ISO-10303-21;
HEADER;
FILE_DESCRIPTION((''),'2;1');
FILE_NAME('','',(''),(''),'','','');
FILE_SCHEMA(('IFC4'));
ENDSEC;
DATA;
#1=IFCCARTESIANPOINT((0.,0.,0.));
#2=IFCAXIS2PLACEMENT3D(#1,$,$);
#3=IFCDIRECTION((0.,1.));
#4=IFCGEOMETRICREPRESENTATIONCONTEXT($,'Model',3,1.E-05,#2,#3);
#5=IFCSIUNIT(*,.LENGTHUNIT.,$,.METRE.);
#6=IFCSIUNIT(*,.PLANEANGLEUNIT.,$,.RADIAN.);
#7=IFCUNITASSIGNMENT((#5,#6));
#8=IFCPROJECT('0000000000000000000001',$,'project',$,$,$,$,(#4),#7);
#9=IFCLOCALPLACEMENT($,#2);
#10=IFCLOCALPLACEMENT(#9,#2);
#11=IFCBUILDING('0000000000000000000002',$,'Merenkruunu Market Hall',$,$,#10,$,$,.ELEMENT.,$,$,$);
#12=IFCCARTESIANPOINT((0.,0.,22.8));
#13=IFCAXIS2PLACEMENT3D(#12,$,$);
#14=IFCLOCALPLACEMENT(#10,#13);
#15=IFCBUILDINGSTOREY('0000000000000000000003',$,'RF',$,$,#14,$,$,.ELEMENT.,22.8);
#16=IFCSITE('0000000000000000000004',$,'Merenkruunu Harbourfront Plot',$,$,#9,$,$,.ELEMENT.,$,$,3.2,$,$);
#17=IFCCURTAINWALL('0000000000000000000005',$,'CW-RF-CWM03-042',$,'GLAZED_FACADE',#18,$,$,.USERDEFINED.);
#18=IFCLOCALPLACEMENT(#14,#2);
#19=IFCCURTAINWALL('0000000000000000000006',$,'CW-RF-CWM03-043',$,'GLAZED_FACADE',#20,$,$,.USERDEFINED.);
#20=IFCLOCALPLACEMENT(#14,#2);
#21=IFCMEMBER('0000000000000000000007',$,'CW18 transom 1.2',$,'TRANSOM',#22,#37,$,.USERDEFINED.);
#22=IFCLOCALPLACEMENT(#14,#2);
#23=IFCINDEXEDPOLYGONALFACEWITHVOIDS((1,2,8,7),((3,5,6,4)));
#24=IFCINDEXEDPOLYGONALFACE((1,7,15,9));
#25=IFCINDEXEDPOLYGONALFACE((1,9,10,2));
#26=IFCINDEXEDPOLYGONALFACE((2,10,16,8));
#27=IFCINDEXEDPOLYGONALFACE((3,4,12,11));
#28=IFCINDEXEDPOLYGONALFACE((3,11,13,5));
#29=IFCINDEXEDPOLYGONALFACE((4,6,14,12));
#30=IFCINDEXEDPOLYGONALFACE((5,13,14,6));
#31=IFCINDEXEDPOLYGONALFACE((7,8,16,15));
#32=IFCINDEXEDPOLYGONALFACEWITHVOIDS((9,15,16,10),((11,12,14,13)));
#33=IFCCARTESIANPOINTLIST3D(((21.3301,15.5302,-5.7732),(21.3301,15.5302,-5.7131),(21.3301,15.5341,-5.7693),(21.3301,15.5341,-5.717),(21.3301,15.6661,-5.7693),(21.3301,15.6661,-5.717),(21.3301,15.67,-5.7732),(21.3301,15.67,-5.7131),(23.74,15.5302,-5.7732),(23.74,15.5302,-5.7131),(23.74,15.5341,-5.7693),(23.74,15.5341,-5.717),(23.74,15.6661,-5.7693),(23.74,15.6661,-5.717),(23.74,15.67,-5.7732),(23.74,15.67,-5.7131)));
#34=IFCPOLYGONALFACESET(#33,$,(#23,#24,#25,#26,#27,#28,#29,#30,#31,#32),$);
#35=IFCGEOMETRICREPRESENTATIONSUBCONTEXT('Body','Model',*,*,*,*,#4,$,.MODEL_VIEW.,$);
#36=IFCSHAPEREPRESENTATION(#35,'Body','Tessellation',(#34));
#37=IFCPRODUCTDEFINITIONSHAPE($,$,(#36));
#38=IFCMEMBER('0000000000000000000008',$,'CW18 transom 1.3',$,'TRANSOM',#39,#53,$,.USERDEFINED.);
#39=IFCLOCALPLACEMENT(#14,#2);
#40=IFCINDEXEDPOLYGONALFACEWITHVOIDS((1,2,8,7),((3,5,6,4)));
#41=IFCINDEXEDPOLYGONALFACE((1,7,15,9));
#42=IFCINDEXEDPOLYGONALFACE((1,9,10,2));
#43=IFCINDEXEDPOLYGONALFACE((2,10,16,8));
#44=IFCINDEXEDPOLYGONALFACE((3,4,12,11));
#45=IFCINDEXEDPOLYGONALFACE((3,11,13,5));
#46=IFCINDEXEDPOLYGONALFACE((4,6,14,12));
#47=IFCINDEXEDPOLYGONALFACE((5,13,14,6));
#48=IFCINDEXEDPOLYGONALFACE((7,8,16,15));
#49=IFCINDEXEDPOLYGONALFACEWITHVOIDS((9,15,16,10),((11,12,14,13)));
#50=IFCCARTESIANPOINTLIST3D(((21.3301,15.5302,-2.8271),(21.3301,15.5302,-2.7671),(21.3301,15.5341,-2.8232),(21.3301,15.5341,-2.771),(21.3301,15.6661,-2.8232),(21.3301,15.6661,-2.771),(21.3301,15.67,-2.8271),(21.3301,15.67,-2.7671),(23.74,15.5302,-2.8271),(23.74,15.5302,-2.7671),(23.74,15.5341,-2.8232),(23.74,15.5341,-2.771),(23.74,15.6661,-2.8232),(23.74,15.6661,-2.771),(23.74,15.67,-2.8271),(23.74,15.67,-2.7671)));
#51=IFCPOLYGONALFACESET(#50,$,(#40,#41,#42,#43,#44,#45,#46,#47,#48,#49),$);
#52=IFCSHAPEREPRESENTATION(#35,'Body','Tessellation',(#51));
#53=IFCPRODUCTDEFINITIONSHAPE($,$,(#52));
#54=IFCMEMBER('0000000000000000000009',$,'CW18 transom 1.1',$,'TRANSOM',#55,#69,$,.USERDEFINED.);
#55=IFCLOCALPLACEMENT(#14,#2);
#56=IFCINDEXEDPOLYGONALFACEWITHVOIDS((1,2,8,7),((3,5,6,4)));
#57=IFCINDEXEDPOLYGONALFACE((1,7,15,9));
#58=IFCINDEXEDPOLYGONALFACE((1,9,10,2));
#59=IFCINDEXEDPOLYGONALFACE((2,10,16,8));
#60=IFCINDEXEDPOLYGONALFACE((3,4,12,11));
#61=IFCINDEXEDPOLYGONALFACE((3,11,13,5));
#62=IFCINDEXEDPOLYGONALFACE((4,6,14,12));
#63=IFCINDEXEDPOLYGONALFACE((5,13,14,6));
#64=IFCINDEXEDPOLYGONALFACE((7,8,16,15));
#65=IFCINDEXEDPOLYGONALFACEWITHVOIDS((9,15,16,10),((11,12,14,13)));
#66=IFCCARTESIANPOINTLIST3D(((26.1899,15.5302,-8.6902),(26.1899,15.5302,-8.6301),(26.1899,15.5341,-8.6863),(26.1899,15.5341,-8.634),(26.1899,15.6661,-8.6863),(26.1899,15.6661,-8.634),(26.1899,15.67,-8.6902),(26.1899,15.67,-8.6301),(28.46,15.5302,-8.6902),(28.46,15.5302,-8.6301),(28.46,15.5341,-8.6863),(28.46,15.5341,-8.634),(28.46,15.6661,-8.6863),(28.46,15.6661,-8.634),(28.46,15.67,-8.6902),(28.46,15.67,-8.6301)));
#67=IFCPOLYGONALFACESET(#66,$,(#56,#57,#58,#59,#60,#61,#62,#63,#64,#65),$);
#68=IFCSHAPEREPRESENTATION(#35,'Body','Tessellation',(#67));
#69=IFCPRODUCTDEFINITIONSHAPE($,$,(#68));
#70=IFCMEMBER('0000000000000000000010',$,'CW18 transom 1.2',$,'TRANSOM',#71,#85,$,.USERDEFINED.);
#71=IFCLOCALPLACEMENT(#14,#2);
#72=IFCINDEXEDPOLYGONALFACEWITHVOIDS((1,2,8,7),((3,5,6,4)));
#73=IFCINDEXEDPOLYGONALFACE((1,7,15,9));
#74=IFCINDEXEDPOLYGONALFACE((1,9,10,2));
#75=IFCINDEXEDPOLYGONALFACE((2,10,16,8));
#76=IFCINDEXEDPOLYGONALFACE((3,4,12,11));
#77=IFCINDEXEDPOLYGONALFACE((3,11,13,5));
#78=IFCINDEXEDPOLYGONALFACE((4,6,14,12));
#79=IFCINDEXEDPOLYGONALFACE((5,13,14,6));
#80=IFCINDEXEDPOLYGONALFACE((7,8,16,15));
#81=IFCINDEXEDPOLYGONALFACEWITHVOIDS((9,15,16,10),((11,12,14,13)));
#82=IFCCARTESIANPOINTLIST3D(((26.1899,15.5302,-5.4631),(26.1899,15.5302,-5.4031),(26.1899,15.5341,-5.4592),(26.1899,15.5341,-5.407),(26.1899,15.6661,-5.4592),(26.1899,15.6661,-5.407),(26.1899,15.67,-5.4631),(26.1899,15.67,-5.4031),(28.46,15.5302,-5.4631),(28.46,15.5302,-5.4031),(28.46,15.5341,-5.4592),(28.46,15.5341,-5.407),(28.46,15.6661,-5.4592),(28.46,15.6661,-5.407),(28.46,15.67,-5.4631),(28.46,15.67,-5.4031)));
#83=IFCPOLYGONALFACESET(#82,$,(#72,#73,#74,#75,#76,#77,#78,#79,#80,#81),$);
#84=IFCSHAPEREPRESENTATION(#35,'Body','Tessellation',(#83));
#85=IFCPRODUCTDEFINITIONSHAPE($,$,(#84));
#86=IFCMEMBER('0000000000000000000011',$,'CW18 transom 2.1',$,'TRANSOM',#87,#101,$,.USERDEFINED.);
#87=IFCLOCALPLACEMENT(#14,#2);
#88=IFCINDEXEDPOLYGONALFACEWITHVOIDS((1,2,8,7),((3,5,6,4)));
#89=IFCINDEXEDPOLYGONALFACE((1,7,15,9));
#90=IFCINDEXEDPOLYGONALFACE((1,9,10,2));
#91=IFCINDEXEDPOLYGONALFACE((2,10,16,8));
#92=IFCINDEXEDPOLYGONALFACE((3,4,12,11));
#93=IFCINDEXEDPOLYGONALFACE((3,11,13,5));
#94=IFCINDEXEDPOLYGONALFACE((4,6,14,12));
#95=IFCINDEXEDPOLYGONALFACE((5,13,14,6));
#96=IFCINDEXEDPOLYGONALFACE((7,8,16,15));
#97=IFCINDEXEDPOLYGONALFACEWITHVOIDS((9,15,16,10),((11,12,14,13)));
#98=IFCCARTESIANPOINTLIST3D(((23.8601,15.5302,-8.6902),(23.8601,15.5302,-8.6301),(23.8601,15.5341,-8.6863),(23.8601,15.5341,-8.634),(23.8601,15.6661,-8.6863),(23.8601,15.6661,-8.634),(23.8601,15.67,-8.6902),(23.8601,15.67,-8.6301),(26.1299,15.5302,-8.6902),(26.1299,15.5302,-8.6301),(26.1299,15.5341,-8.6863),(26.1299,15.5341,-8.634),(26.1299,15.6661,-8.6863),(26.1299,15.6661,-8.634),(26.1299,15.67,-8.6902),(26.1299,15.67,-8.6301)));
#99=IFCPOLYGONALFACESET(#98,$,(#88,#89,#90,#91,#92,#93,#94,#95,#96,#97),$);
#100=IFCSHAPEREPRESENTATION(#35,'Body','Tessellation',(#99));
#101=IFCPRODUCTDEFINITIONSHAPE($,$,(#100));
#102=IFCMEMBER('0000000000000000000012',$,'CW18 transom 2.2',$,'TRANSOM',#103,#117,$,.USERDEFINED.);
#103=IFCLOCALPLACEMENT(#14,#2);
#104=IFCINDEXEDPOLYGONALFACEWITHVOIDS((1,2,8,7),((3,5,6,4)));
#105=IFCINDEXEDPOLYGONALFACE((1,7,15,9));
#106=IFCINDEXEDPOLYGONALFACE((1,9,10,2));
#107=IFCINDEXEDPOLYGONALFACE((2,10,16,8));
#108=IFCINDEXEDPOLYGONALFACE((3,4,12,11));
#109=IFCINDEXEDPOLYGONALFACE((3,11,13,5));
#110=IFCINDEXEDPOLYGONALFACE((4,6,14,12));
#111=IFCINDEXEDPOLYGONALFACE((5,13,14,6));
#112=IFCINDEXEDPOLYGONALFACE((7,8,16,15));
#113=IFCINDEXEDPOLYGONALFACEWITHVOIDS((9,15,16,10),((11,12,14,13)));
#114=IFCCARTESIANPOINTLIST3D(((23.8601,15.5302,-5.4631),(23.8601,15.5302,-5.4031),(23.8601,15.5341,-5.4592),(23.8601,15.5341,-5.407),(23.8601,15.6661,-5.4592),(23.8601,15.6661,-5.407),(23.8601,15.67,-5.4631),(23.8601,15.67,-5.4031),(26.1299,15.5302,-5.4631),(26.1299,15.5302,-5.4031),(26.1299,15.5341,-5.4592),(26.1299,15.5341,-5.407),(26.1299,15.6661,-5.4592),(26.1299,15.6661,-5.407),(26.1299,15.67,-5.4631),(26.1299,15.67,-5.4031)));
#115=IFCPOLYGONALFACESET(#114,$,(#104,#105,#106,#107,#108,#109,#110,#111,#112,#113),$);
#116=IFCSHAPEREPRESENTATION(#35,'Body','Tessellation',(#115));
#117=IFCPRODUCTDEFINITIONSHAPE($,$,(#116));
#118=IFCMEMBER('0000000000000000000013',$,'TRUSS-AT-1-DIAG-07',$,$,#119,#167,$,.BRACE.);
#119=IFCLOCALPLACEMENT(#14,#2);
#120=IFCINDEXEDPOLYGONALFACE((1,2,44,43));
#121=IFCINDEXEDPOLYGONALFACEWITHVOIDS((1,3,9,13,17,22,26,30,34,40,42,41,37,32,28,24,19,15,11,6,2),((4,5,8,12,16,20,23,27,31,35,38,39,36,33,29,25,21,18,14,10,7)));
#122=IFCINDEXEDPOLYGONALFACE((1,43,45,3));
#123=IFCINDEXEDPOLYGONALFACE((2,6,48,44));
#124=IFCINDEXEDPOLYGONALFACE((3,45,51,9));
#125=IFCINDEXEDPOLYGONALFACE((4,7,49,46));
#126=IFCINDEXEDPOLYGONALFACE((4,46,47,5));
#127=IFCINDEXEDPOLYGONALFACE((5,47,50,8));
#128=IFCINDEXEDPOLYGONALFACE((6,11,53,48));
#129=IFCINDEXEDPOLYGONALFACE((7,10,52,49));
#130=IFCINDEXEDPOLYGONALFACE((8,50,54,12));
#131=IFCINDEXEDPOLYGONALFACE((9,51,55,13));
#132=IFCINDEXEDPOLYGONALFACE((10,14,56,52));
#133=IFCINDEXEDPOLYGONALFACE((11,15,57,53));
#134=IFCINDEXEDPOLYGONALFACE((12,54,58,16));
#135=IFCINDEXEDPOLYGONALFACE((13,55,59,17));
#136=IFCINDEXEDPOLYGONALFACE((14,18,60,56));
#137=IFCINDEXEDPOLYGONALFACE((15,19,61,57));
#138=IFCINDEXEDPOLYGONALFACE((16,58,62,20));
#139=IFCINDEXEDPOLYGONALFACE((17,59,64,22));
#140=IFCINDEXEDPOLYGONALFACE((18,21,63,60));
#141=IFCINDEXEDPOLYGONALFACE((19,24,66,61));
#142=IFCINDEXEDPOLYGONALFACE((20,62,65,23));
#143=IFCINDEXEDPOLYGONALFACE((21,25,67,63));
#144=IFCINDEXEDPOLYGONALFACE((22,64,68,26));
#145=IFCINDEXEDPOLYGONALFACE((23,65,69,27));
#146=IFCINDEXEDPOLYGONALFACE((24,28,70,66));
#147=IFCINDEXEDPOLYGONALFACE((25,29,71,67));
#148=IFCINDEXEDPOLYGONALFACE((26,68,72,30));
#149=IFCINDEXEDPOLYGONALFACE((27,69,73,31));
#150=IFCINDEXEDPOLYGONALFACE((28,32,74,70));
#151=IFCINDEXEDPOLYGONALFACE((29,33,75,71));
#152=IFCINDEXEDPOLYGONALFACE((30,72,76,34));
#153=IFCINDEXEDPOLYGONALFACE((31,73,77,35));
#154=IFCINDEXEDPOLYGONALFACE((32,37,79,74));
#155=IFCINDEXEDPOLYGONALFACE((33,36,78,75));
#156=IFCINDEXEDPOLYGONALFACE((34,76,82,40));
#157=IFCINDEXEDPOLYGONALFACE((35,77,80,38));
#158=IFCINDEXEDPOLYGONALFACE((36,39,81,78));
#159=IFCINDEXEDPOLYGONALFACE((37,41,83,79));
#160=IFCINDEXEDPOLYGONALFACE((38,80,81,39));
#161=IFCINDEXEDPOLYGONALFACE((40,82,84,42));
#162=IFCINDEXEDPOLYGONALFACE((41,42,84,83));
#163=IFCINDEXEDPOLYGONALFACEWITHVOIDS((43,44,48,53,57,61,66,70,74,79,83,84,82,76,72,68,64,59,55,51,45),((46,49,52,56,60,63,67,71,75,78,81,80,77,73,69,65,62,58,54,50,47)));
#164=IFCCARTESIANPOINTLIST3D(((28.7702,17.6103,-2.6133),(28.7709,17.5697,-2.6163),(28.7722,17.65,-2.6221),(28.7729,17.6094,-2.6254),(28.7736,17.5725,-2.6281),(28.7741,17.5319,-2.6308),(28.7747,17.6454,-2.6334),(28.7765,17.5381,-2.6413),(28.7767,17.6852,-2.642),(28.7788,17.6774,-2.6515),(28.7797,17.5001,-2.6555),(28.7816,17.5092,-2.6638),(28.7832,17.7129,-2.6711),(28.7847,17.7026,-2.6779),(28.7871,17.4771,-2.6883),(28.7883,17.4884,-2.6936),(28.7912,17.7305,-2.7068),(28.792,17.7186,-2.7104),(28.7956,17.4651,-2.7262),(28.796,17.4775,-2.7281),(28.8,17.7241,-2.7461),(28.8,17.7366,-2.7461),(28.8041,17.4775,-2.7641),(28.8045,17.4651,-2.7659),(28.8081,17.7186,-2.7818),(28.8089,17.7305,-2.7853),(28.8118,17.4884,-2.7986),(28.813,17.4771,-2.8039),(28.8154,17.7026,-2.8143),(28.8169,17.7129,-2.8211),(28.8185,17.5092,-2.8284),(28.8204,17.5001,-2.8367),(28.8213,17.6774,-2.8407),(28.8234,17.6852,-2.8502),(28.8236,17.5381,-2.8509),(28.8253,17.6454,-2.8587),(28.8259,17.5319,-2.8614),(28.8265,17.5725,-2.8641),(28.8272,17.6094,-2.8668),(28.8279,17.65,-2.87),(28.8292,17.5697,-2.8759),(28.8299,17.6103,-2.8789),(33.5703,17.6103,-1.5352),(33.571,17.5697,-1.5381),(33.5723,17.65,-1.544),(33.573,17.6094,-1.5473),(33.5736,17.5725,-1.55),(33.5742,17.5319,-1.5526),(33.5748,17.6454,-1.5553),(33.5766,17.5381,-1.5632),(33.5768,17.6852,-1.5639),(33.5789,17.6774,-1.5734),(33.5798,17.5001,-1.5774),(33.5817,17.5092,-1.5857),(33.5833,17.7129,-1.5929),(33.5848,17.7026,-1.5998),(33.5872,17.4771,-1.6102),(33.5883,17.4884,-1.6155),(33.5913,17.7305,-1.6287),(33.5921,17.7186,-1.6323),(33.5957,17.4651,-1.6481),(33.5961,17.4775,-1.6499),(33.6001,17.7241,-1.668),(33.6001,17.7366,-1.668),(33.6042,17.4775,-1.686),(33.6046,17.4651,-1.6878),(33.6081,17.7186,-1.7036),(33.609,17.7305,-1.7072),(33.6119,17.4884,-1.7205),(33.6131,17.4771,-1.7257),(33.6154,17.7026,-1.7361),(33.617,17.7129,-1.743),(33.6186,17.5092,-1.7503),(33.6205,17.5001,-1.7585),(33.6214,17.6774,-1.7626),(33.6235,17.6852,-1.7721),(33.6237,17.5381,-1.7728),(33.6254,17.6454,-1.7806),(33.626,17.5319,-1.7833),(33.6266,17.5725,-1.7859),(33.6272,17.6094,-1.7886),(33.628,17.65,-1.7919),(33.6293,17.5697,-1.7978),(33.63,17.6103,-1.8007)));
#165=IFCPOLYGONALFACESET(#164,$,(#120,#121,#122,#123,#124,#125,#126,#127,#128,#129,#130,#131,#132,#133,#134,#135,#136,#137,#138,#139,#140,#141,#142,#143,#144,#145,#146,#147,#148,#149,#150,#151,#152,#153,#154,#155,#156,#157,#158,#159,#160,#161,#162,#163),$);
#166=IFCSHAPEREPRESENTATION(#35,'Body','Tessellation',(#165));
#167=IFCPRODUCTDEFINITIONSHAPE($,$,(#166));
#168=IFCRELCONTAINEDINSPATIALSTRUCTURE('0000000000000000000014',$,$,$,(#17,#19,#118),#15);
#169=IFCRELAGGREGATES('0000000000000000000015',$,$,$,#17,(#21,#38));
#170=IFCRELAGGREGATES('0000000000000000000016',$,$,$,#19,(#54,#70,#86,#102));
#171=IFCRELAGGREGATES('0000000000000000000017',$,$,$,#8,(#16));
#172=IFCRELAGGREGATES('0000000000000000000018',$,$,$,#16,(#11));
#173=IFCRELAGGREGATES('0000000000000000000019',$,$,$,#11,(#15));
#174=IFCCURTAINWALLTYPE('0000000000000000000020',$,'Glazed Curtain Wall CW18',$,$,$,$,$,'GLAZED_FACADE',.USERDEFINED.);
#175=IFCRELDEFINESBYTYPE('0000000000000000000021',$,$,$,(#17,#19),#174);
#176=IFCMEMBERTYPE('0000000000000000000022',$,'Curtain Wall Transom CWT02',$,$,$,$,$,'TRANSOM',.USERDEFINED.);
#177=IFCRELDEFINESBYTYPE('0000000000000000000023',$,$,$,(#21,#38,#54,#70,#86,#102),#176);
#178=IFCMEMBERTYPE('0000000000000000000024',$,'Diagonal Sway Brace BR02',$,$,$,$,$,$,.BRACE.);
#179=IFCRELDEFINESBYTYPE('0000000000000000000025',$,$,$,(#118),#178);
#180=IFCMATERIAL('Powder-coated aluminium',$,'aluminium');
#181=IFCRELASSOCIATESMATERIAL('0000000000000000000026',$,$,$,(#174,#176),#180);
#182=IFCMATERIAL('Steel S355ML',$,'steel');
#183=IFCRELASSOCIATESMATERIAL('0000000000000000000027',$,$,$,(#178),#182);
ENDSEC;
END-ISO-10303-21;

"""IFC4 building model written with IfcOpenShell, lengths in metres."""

from ifc_helpers import new_model, si_unit, direction, frame, origin, origin_2d, place, context, subcontext, project, spatial, hollow_rectangle, hollow_circle, extrude, material, material_profile, profile_set, type_object, element, aggregate, save


model = new_model("IFC4")

# Units and contexts
model_context = context("Model", 3, precision=1e-05, world=origin(), true_north=direction((0.0, 1.0)))
body_context = subcontext(model_context, "Body", "Model", "MODEL_VIEW")
ifc_project = project(units=[si_unit("LENGTHUNIT", "METRE"), si_unit("PLANEANGLEUNIT", "RADIAN")], contexts=[model_context])

# Site, building, storey
site_placement = place(None, origin())
site = spatial("IfcSite", under=ifc_project, at=site_placement, Name="Merenkruunu Harbourfront Plot", CompositionType="ELEMENT", RefElevation=3.2)
building_placement = place(site_placement, origin())
building = spatial("IfcBuilding", under=site, at=building_placement, Name="Merenkruunu Market Hall", CompositionType="ELEMENT")
storey_placement = place(building_placement, frame((0.0, 0.0, 22.8)))
storey = spatial("IfcBuildingStorey", under=building, at=storey_placement, Name="RF", CompositionType="ELEMENT", Elevation=22.8)

# Shared definitions
ifc_material_1 = material(Name="Steel S355ML", Category="steel")

# Curtain wall
ifc_material_2 = material(Name="Powder-coated aluminium", Category="aluminium")
curtain_wall_type = type_object("IfcCurtainWallType", Name="Glazed Curtain Wall CW18", ElementType="GLAZED_FACADE", PredefinedType="USERDEFINED", material=ifc_material_2)
curtain_wall_1_placement = place(storey_placement, origin())
curtain_wall_1 = element("IfcCurtainWall", 1, at=curtain_wall_1_placement, inside=storey, type_object=curtain_wall_type, Name="CW-RF-CWM03-042", ObjectType="GLAZED_FACADE", PredefinedType="USERDEFINED")

# Curtain wall
curtain_wall_2_placement = place(storey_placement, origin())
curtain_wall_2 = element("IfcCurtainWall", 2, at=curtain_wall_2_placement, inside=storey, type_object=curtain_wall_type, Name="CW-RF-CWM03-043", ObjectType="GLAZED_FACADE", PredefinedType="USERDEFINED")

# Members
ifc_material_profile_1 = material_profile(ifc_material_2, hollow_rectangle(XDim=0.0601, YDim=0.1399, WallThickness=0.0039, at=origin_2d()), Name="ALU 60x140x4")
ifc_profile_set_1 = profile_set([ifc_material_profile_1], Name="Powder-coated aluminium")
member_type_1 = type_object("IfcMemberType", Name="Curtain Wall Transom CWT02", ElementType="TRANSOM", PredefinedType="USERDEFINED", material=ifc_profile_set_1)
member_1_placement = place(storey_placement, frame((23.74, 15.6001, -5.7432), z_axis=(-1.0, 0.0, 0.0), x_axis=(0.0, 0.0, 1.0)))
member_1 = element("IfcMember", 3, at=member_1_placement, type_object=member_type_1, Name="CW18 transom 1.2", ObjectType="TRANSOM", PredefinedType="USERDEFINED", context=body_context, shape_type="SweptSolid", body=[
    extrude(hollow_rectangle(XDim=0.0601, YDim=0.1399, WallThickness=0.0039, at=origin_2d()), origin(), (0.0, 0.0, 1.0), 2.4099),
])
member_2_placement = place(storey_placement, frame((23.74, 15.6001, -2.7971), z_axis=(-1.0, 0.0, 0.0), x_axis=(0.0, 0.0, 1.0)))
member_2 = element("IfcMember", 4, at=member_2_placement, type_object=member_type_1, Name="CW18 transom 1.3", ObjectType="TRANSOM", PredefinedType="USERDEFINED", context=body_context, shape_type="SweptSolid", body=[
    extrude(hollow_rectangle(XDim=0.0601, YDim=0.1399, WallThickness=0.0039, at=origin_2d()), origin(), (0.0, 0.0, 1.0), 2.4099),
])
member_3_placement = place(storey_placement, frame((28.46, 15.6001, -8.6602), z_axis=(-1.0, 0.0, 0.0), x_axis=(0.0, 0.0, 1.0)))
member_3 = element("IfcMember", 5, at=member_3_placement, type_object=member_type_1, Name="CW18 transom 1.1", ObjectType="TRANSOM", PredefinedType="USERDEFINED", context=body_context, shape_type="SweptSolid", body=[
    extrude(hollow_rectangle(XDim=0.0601, YDim=0.1399, WallThickness=0.0039, at=origin_2d()), origin(), (0.0, 0.0, 1.0), 2.27),
])
member_4_placement = place(storey_placement, frame((28.46, 15.6001, -5.4331), z_axis=(-1.0, 0.0, 0.0), x_axis=(0.0, 0.0, 1.0)))
member_4 = element("IfcMember", 6, at=member_4_placement, type_object=member_type_1, Name="CW18 transom 1.2", ObjectType="TRANSOM", PredefinedType="USERDEFINED", context=body_context, shape_type="SweptSolid", body=[
    extrude(hollow_rectangle(XDim=0.0601, YDim=0.1399, WallThickness=0.0039, at=origin_2d()), origin(), (0.0, 0.0, 1.0), 2.27),
])
member_5_placement = place(storey_placement, frame((26.1299, 15.6001, -8.6602), z_axis=(-1.0, 0.0, 0.0), x_axis=(0.0, 0.0, 1.0)))
member_5 = element("IfcMember", 7, at=member_5_placement, type_object=member_type_1, Name="CW18 transom 2.1", ObjectType="TRANSOM", PredefinedType="USERDEFINED", context=body_context, shape_type="SweptSolid", body=[
    extrude(hollow_rectangle(XDim=0.0601, YDim=0.1399, WallThickness=0.0039, at=origin_2d()), origin(), (0.0, 0.0, 1.0), 2.2698),
])
member_6_placement = place(storey_placement, frame((26.1299, 15.6001, -5.4331), z_axis=(-1.0, 0.0, 0.0), x_axis=(0.0, 0.0, 1.0)))
member_6 = element("IfcMember", 8, at=member_6_placement, type_object=member_type_1, Name="CW18 transom 2.2", ObjectType="TRANSOM", PredefinedType="USERDEFINED", context=body_context, shape_type="SweptSolid", body=[
    extrude(hollow_rectangle(XDim=0.0601, YDim=0.1399, WallThickness=0.0039, at=origin_2d()), origin(), (0.0, 0.0, 1.0), 2.2698),
])

# Member
ifc_material_profile_2 = material_profile(ifc_material_1, hollow_circle(Radius=0.1365, WallThickness=0.0125, at=origin_2d()), Name="CHS 273x12.5")
ifc_profile_set_2 = profile_set([ifc_material_profile_2], Name="Steel S355ML")
member_type_2 = type_object("IfcMemberType", Name="Diagonal Sway Brace BR02", PredefinedType="BRACE", material=ifc_profile_set_2)
member_7_placement = place(storey_placement, frame((28.8, 17.6001, -2.7461), z_axis=(0.975692, 0.0, 0.219147), x_axis=(0.0, 1.0, 0.0)))
element("IfcMember", 9, at=member_7_placement, inside=storey, type_object=member_type_2, Name="TRUSS-AT-1-DIAG-07", PredefinedType="BRACE", context=body_context, shape_type="SweptSolid", body=[
    extrude(hollow_circle(Radius=0.1365, WallThickness=0.0125, at=origin_2d()), origin(), (0.0, 0.0, 1.0), 4.9197),
])

aggregate(curtain_wall_1, [member_1, member_2])
aggregate(curtain_wall_2, [member_3, member_4, member_5, member_6])

save(model, "model.ifc")
